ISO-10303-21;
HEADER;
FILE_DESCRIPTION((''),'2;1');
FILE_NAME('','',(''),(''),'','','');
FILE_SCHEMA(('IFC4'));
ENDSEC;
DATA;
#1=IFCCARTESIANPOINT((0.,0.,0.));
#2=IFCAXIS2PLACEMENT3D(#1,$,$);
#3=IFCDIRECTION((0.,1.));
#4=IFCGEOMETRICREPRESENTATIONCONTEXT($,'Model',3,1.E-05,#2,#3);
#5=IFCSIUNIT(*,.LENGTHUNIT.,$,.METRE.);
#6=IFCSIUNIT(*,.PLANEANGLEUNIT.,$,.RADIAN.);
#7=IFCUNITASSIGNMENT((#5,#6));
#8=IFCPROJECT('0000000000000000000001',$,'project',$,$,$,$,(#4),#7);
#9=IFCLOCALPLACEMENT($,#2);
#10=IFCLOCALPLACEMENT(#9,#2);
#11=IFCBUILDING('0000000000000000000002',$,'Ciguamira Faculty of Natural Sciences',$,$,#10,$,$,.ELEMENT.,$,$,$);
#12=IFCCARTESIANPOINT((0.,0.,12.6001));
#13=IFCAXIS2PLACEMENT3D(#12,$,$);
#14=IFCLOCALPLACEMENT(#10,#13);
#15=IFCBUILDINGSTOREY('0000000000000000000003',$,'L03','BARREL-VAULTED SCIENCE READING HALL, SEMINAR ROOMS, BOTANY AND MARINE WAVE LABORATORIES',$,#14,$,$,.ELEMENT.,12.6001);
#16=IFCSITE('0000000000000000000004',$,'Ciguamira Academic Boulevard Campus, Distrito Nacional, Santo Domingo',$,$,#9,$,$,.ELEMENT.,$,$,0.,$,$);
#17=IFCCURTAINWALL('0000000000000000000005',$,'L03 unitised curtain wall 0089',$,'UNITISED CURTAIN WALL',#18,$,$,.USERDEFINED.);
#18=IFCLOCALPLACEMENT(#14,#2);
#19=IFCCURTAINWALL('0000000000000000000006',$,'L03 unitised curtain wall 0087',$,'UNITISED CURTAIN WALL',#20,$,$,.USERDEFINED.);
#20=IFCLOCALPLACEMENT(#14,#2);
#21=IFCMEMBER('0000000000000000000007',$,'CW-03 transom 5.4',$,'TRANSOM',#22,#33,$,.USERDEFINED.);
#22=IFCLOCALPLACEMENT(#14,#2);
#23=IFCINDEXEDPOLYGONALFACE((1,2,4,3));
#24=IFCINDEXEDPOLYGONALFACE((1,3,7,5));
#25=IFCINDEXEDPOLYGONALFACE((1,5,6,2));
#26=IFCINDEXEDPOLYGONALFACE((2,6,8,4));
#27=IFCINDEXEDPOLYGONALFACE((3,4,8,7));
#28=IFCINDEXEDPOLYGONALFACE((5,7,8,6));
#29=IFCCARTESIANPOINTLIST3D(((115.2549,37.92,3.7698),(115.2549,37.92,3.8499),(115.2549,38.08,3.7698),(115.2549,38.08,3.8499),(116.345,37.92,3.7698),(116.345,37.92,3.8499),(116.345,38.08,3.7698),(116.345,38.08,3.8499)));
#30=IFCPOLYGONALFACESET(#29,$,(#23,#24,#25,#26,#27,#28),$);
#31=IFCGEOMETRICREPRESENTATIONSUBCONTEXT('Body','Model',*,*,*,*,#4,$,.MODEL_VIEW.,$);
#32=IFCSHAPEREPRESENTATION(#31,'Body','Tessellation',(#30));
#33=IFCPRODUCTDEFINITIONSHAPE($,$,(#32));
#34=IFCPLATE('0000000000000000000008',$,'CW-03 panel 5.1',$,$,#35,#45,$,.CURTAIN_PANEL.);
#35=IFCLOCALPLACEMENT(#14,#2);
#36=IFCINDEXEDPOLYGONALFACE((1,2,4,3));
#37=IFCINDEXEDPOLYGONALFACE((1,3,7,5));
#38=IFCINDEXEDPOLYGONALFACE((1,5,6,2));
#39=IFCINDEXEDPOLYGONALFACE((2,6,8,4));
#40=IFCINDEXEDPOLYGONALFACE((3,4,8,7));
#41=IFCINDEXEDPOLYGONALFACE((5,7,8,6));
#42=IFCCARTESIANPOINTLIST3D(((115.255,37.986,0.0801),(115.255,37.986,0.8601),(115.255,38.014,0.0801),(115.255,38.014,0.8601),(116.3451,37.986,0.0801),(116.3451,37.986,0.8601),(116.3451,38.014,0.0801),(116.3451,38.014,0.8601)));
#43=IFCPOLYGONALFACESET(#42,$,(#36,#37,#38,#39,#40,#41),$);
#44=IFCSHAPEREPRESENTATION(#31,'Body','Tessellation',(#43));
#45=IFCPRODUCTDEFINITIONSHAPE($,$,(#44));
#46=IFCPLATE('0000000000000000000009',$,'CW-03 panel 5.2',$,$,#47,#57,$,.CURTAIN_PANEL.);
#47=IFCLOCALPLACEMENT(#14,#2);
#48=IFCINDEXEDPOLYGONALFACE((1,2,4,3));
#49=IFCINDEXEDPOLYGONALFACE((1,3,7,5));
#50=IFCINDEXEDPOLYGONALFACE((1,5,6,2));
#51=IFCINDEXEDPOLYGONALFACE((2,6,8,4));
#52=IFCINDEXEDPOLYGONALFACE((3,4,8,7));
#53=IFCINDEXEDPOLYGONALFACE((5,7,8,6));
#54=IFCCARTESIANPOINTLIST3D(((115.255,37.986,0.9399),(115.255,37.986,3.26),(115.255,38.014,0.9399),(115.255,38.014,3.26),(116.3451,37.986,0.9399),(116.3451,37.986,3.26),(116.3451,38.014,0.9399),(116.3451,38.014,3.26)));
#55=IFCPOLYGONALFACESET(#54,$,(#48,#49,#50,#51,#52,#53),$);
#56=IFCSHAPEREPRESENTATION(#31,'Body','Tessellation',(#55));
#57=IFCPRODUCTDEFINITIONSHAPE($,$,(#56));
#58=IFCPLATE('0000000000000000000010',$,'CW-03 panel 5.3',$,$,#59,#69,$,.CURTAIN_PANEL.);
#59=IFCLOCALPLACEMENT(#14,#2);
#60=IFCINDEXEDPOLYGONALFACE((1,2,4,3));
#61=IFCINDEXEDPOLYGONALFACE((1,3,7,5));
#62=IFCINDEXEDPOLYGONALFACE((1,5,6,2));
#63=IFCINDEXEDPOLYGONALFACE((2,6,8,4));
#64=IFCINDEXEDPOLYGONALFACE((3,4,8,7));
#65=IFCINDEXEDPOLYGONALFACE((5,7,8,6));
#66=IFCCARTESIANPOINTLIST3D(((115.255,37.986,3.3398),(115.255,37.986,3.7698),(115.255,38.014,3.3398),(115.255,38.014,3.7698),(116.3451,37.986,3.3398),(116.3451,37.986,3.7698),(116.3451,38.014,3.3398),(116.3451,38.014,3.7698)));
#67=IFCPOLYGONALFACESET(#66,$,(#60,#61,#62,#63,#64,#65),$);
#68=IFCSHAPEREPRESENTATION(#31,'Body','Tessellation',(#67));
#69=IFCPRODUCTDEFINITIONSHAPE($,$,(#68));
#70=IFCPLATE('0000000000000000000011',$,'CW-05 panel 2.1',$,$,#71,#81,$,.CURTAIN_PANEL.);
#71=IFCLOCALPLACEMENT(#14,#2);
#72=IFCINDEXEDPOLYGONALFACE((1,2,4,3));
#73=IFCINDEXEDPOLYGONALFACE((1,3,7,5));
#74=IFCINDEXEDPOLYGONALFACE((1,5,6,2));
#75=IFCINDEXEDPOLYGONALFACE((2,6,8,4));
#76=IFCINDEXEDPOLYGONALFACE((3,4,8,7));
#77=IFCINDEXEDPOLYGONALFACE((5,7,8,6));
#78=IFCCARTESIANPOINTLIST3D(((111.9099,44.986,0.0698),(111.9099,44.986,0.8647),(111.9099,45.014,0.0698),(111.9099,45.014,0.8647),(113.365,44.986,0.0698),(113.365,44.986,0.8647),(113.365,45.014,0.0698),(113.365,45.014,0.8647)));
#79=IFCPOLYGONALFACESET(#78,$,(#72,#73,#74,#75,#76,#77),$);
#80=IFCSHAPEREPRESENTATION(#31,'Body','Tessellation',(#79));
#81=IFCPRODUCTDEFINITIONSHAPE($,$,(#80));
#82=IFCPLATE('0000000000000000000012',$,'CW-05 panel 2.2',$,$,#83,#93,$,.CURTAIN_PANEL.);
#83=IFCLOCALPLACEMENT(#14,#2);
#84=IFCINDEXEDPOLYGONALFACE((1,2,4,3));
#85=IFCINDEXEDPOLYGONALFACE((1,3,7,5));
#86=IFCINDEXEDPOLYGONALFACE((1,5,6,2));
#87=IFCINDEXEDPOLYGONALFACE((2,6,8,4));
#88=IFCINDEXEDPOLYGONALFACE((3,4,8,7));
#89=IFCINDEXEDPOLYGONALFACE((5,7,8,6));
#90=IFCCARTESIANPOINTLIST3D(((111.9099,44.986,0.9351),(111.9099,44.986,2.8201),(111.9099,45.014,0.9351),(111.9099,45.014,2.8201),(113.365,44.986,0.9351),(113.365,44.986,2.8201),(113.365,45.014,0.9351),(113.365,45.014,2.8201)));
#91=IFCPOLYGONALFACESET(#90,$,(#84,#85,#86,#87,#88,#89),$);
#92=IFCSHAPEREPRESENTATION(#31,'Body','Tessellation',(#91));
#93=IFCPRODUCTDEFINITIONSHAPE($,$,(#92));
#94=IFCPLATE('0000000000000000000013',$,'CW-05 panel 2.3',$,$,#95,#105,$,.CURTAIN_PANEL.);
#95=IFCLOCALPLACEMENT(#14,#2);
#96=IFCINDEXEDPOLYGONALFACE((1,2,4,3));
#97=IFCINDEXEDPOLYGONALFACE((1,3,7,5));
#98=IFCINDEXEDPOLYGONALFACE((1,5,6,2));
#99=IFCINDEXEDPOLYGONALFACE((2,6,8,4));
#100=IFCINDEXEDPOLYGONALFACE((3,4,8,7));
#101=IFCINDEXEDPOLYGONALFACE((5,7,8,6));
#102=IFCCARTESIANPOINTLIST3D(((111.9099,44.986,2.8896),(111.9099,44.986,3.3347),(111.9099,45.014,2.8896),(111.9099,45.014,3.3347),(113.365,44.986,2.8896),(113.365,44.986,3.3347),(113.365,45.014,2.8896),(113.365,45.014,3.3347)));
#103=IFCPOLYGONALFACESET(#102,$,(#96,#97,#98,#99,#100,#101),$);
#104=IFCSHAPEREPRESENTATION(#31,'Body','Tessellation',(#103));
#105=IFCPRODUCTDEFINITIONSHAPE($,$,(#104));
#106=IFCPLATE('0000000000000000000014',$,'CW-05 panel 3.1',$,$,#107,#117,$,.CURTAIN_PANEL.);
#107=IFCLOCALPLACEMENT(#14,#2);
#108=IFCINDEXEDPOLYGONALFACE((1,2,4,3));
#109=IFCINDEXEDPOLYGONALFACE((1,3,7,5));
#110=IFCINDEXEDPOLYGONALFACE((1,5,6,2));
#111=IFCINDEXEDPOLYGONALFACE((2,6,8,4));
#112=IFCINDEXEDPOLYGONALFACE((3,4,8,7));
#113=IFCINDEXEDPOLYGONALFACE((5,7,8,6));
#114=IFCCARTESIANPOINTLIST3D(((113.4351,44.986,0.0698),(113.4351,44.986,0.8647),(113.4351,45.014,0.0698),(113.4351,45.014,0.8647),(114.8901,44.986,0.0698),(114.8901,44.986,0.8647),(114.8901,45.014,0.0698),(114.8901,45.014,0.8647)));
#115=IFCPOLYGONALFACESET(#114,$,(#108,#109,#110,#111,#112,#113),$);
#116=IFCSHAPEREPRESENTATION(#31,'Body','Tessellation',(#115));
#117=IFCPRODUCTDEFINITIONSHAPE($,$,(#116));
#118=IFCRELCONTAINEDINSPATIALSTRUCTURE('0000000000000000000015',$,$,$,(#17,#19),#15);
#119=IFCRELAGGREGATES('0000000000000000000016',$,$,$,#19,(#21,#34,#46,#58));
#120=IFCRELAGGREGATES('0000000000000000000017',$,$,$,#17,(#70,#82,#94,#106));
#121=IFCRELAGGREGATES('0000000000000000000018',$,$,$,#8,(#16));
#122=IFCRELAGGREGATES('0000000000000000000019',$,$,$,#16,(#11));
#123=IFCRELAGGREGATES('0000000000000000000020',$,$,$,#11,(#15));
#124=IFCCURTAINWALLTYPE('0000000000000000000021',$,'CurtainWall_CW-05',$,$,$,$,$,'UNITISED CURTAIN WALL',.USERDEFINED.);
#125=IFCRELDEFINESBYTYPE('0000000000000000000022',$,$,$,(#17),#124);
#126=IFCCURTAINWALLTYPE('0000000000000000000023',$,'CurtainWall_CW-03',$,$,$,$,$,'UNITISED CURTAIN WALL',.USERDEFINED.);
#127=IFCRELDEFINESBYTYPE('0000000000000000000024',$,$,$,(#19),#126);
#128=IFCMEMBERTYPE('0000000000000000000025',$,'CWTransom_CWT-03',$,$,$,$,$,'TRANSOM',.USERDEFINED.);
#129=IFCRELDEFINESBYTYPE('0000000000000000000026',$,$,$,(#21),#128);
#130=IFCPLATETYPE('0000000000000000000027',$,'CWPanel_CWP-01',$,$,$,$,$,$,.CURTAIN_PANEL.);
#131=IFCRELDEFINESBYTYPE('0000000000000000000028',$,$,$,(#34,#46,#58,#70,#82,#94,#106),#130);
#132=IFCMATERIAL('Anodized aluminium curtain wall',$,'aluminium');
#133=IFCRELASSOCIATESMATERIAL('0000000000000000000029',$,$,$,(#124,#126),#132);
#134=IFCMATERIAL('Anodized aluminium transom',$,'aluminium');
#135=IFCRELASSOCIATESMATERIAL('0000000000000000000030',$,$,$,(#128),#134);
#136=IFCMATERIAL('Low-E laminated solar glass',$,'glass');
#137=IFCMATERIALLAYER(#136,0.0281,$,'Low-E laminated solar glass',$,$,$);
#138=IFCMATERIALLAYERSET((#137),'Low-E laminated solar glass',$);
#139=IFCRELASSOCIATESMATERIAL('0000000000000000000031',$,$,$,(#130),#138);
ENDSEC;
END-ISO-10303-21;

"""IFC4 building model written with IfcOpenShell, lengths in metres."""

from ifc_helpers import new_model, si_unit, direction, frame, origin, origin_2d, place, context, subcontext, project, spatial, rectangle, extrude, material, layer, layer_set, material_profile, profile_set, type_object, element, aggregate, save


model = new_model("IFC4")

# Units and contexts
model_context = context("Model", 3, precision=1e-05, world=origin(), true_north=direction((0.0, 1.0)))
body_context = subcontext(model_context, "Body", "Model", "MODEL_VIEW")
ifc_project = project(units=[si_unit("LENGTHUNIT", "METRE"), si_unit("PLANEANGLEUNIT", "RADIAN")], contexts=[model_context])

# Site, building, storey
site_placement = place(None, origin())
site = spatial("IfcSite", under=ifc_project, at=site_placement, Name="Ciguamira Academic Boulevard Campus, Distrito Nacional, Santo Domingo", CompositionType="ELEMENT", RefElevation=0.0)
building_placement = place(site_placement, origin())
building = spatial("IfcBuilding", under=site, at=building_placement, Name="Ciguamira Faculty of Natural Sciences", CompositionType="ELEMENT")
storey_placement = place(building_placement, frame((0.0, 0.0, 12.6001)))
storey = spatial("IfcBuildingStorey", under=building, at=storey_placement, Name="L03", Description="BARREL-VAULTED SCIENCE READING HALL, SEMINAR ROOMS, BOTANY AND MARINE WAVE LABORATORIES", CompositionType="ELEMENT", Elevation=12.6001)

# Curtain wall
ifc_material_1 = material(Name="Anodized aluminium curtain wall", Category="aluminium")
curtain_wall_type_1 = type_object("IfcCurtainWallType", Name="CurtainWall_CW-05", ElementType="UNITISED CURTAIN WALL", PredefinedType="USERDEFINED", material=ifc_material_1)
curtain_wall_1_placement = place(storey_placement, origin())
curtain_wall_1 = element("IfcCurtainWall", 1, at=curtain_wall_1_placement, inside=storey, type_object=curtain_wall_type_1, Name="L03 unitised curtain wall 0089", ObjectType="UNITISED CURTAIN WALL", PredefinedType="USERDEFINED")

# Curtain wall
curtain_wall_type_2 = type_object("IfcCurtainWallType", Name="CurtainWall_CW-03", ElementType="UNITISED CURTAIN WALL", PredefinedType="USERDEFINED", material=ifc_material_1)
curtain_wall_2_placement = place(storey_placement, origin())
curtain_wall_2 = element("IfcCurtainWall", 2, at=curtain_wall_2_placement, inside=storey, type_object=curtain_wall_type_2, Name="L03 unitised curtain wall 0087", ObjectType="UNITISED CURTAIN WALL", PredefinedType="USERDEFINED")

# Member
ifc_material_2 = material(Name="Anodized aluminium transom", Category="aluminium")
ifc_material_profile_1 = material_profile(ifc_material_2, rectangle(XDim=0.0801, YDim=0.1599, at=origin_2d()), Name="ALU-TRN-80X160")
ifc_profile_set_1 = profile_set([ifc_material_profile_1], Name="Anodized aluminium transom")
member_type_1 = type_object("IfcMemberType", Name="CWTransom_CWT-03", ElementType="TRANSOM", PredefinedType="USERDEFINED", material=ifc_profile_set_1)
member_1_placement = place(storey_placement, frame((115.2549, 38.0, 3.8098), z_axis=(1.0, 0.0, 0.0), x_axis=(0.0, 0.0, 1.0)))
member_1 = element("IfcMember", 3, at=member_1_placement, type_object=member_type_1, Name="CW-03 transom 5.4", ObjectType="TRANSOM", PredefinedType="USERDEFINED", context=body_context, shape_type="SweptSolid", body=[
    extrude(rectangle(XDim=0.0801, YDim=0.1599, at=origin_2d()), origin(), (0.0, 0.0, 1.0), 1.0901),
])

# Plates
ifc_material_3 = material(Name="Low-E laminated solar glass", Category="glass")
ifc_layer = layer(ifc_material_3, 0.0281, Name="Low-E laminated solar glass")
ifc_layer_set = layer_set([ifc_layer], Name="Low-E laminated solar glass")
plate_type = type_object("IfcPlateType", Name="CWPanel_CWP-01", PredefinedType="CURTAIN_PANEL", material=ifc_layer_set)
plate_1_placement = place(storey_placement, frame((115.8, 38.0, 0.0801), z_axis=(0.0, 0.0, 1.0), x_axis=(1.0, 0.0, 0.0)))
plate_1 = element("IfcPlate", 4, at=plate_1_placement, type_object=plate_type, Name="CW-03 panel 5.1", PredefinedType="CURTAIN_PANEL", context=body_context, shape_type="SweptSolid", body=[
    extrude(rectangle(XDim=1.0901, YDim=0.0281, at=origin_2d()), origin(), (0.0, 0.0, 1.0), 0.78),
])
plate_2_placement = place(storey_placement, frame((115.8, 38.0, 0.9399), z_axis=(0.0, 0.0, 1.0), x_axis=(1.0, 0.0, 0.0)))
plate_2 = element("IfcPlate", 5, at=plate_2_placement, type_object=plate_type, Name="CW-03 panel 5.2", PredefinedType="CURTAIN_PANEL", context=body_context, shape_type="SweptSolid", body=[
    extrude(rectangle(XDim=1.0901, YDim=0.0281, at=origin_2d()), origin(), (0.0, 0.0, 1.0), 2.3201),
])
plate_3_placement = place(storey_placement, frame((115.8, 38.0, 3.3398), z_axis=(0.0, 0.0, 1.0), x_axis=(1.0, 0.0, 0.0)))
plate_3 = element("IfcPlate", 6, at=plate_3_placement, type_object=plate_type, Name="CW-03 panel 5.3", PredefinedType="CURTAIN_PANEL", context=body_context, shape_type="SweptSolid", body=[
    extrude(rectangle(XDim=1.0901, YDim=0.0281, at=origin_2d()), origin(), (0.0, 0.0, 1.0), 0.4299),
])
aggregate(curtain_wall_2, [member_1, plate_1, plate_2, plate_3])
plate_4_placement = place(storey_placement, frame((112.6375, 45.0, 0.0698), z_axis=(0.0, 0.0, 1.0), x_axis=(1.0, 0.0, 0.0)))
plate_4 = element("IfcPlate", 7, at=plate_4_placement, type_object=plate_type, Name="CW-05 panel 2.1", PredefinedType="CURTAIN_PANEL", context=body_context, shape_type="SweptSolid", body=[
    extrude(rectangle(XDim=1.4551, YDim=0.0281, at=origin_2d()), origin(), (0.0, 0.0, 1.0), 0.7949),
])
plate_5_placement = place(storey_placement, frame((112.6375, 45.0, 0.9351), z_axis=(0.0, 0.0, 1.0), x_axis=(1.0, 0.0, 0.0)))
plate_5 = element("IfcPlate", 8, at=plate_5_placement, type_object=plate_type, Name="CW-05 panel 2.2", PredefinedType="CURTAIN_PANEL", context=body_context, shape_type="SweptSolid", body=[
    extrude(rectangle(XDim=1.4551, YDim=0.0281, at=origin_2d()), origin(), (0.0, 0.0, 1.0), 1.885),
])
plate_6_placement = place(storey_placement, frame((112.6375, 45.0, 2.8896), z_axis=(0.0, 0.0, 1.0), x_axis=(1.0, 0.0, 0.0)))
plate_6 = element("IfcPlate", 9, at=plate_6_placement, type_object=plate_type, Name="CW-05 panel 2.3", PredefinedType="CURTAIN_PANEL", context=body_context, shape_type="SweptSolid", body=[
    extrude(rectangle(XDim=1.4551, YDim=0.0281, at=origin_2d()), origin(), (0.0, 0.0, 1.0), 0.4451),
])
plate_7_placement = place(storey_placement, frame((114.1626, 45.0, 0.0698), z_axis=(0.0, 0.0, 1.0), x_axis=(1.0, 0.0, 0.0)))
plate_7 = element("IfcPlate", 10, at=plate_7_placement, type_object=plate_type, Name="CW-05 panel 3.1", PredefinedType="CURTAIN_PANEL", context=body_context, shape_type="SweptSolid", body=[
    extrude(rectangle(XDim=1.4551, YDim=0.0281, at=origin_2d()), origin(), (0.0, 0.0, 1.0), 0.7949),
])
aggregate(curtain_wall_1, [plate_4, plate_5, plate_6, plate_7])

save(model, "model.ifc")
